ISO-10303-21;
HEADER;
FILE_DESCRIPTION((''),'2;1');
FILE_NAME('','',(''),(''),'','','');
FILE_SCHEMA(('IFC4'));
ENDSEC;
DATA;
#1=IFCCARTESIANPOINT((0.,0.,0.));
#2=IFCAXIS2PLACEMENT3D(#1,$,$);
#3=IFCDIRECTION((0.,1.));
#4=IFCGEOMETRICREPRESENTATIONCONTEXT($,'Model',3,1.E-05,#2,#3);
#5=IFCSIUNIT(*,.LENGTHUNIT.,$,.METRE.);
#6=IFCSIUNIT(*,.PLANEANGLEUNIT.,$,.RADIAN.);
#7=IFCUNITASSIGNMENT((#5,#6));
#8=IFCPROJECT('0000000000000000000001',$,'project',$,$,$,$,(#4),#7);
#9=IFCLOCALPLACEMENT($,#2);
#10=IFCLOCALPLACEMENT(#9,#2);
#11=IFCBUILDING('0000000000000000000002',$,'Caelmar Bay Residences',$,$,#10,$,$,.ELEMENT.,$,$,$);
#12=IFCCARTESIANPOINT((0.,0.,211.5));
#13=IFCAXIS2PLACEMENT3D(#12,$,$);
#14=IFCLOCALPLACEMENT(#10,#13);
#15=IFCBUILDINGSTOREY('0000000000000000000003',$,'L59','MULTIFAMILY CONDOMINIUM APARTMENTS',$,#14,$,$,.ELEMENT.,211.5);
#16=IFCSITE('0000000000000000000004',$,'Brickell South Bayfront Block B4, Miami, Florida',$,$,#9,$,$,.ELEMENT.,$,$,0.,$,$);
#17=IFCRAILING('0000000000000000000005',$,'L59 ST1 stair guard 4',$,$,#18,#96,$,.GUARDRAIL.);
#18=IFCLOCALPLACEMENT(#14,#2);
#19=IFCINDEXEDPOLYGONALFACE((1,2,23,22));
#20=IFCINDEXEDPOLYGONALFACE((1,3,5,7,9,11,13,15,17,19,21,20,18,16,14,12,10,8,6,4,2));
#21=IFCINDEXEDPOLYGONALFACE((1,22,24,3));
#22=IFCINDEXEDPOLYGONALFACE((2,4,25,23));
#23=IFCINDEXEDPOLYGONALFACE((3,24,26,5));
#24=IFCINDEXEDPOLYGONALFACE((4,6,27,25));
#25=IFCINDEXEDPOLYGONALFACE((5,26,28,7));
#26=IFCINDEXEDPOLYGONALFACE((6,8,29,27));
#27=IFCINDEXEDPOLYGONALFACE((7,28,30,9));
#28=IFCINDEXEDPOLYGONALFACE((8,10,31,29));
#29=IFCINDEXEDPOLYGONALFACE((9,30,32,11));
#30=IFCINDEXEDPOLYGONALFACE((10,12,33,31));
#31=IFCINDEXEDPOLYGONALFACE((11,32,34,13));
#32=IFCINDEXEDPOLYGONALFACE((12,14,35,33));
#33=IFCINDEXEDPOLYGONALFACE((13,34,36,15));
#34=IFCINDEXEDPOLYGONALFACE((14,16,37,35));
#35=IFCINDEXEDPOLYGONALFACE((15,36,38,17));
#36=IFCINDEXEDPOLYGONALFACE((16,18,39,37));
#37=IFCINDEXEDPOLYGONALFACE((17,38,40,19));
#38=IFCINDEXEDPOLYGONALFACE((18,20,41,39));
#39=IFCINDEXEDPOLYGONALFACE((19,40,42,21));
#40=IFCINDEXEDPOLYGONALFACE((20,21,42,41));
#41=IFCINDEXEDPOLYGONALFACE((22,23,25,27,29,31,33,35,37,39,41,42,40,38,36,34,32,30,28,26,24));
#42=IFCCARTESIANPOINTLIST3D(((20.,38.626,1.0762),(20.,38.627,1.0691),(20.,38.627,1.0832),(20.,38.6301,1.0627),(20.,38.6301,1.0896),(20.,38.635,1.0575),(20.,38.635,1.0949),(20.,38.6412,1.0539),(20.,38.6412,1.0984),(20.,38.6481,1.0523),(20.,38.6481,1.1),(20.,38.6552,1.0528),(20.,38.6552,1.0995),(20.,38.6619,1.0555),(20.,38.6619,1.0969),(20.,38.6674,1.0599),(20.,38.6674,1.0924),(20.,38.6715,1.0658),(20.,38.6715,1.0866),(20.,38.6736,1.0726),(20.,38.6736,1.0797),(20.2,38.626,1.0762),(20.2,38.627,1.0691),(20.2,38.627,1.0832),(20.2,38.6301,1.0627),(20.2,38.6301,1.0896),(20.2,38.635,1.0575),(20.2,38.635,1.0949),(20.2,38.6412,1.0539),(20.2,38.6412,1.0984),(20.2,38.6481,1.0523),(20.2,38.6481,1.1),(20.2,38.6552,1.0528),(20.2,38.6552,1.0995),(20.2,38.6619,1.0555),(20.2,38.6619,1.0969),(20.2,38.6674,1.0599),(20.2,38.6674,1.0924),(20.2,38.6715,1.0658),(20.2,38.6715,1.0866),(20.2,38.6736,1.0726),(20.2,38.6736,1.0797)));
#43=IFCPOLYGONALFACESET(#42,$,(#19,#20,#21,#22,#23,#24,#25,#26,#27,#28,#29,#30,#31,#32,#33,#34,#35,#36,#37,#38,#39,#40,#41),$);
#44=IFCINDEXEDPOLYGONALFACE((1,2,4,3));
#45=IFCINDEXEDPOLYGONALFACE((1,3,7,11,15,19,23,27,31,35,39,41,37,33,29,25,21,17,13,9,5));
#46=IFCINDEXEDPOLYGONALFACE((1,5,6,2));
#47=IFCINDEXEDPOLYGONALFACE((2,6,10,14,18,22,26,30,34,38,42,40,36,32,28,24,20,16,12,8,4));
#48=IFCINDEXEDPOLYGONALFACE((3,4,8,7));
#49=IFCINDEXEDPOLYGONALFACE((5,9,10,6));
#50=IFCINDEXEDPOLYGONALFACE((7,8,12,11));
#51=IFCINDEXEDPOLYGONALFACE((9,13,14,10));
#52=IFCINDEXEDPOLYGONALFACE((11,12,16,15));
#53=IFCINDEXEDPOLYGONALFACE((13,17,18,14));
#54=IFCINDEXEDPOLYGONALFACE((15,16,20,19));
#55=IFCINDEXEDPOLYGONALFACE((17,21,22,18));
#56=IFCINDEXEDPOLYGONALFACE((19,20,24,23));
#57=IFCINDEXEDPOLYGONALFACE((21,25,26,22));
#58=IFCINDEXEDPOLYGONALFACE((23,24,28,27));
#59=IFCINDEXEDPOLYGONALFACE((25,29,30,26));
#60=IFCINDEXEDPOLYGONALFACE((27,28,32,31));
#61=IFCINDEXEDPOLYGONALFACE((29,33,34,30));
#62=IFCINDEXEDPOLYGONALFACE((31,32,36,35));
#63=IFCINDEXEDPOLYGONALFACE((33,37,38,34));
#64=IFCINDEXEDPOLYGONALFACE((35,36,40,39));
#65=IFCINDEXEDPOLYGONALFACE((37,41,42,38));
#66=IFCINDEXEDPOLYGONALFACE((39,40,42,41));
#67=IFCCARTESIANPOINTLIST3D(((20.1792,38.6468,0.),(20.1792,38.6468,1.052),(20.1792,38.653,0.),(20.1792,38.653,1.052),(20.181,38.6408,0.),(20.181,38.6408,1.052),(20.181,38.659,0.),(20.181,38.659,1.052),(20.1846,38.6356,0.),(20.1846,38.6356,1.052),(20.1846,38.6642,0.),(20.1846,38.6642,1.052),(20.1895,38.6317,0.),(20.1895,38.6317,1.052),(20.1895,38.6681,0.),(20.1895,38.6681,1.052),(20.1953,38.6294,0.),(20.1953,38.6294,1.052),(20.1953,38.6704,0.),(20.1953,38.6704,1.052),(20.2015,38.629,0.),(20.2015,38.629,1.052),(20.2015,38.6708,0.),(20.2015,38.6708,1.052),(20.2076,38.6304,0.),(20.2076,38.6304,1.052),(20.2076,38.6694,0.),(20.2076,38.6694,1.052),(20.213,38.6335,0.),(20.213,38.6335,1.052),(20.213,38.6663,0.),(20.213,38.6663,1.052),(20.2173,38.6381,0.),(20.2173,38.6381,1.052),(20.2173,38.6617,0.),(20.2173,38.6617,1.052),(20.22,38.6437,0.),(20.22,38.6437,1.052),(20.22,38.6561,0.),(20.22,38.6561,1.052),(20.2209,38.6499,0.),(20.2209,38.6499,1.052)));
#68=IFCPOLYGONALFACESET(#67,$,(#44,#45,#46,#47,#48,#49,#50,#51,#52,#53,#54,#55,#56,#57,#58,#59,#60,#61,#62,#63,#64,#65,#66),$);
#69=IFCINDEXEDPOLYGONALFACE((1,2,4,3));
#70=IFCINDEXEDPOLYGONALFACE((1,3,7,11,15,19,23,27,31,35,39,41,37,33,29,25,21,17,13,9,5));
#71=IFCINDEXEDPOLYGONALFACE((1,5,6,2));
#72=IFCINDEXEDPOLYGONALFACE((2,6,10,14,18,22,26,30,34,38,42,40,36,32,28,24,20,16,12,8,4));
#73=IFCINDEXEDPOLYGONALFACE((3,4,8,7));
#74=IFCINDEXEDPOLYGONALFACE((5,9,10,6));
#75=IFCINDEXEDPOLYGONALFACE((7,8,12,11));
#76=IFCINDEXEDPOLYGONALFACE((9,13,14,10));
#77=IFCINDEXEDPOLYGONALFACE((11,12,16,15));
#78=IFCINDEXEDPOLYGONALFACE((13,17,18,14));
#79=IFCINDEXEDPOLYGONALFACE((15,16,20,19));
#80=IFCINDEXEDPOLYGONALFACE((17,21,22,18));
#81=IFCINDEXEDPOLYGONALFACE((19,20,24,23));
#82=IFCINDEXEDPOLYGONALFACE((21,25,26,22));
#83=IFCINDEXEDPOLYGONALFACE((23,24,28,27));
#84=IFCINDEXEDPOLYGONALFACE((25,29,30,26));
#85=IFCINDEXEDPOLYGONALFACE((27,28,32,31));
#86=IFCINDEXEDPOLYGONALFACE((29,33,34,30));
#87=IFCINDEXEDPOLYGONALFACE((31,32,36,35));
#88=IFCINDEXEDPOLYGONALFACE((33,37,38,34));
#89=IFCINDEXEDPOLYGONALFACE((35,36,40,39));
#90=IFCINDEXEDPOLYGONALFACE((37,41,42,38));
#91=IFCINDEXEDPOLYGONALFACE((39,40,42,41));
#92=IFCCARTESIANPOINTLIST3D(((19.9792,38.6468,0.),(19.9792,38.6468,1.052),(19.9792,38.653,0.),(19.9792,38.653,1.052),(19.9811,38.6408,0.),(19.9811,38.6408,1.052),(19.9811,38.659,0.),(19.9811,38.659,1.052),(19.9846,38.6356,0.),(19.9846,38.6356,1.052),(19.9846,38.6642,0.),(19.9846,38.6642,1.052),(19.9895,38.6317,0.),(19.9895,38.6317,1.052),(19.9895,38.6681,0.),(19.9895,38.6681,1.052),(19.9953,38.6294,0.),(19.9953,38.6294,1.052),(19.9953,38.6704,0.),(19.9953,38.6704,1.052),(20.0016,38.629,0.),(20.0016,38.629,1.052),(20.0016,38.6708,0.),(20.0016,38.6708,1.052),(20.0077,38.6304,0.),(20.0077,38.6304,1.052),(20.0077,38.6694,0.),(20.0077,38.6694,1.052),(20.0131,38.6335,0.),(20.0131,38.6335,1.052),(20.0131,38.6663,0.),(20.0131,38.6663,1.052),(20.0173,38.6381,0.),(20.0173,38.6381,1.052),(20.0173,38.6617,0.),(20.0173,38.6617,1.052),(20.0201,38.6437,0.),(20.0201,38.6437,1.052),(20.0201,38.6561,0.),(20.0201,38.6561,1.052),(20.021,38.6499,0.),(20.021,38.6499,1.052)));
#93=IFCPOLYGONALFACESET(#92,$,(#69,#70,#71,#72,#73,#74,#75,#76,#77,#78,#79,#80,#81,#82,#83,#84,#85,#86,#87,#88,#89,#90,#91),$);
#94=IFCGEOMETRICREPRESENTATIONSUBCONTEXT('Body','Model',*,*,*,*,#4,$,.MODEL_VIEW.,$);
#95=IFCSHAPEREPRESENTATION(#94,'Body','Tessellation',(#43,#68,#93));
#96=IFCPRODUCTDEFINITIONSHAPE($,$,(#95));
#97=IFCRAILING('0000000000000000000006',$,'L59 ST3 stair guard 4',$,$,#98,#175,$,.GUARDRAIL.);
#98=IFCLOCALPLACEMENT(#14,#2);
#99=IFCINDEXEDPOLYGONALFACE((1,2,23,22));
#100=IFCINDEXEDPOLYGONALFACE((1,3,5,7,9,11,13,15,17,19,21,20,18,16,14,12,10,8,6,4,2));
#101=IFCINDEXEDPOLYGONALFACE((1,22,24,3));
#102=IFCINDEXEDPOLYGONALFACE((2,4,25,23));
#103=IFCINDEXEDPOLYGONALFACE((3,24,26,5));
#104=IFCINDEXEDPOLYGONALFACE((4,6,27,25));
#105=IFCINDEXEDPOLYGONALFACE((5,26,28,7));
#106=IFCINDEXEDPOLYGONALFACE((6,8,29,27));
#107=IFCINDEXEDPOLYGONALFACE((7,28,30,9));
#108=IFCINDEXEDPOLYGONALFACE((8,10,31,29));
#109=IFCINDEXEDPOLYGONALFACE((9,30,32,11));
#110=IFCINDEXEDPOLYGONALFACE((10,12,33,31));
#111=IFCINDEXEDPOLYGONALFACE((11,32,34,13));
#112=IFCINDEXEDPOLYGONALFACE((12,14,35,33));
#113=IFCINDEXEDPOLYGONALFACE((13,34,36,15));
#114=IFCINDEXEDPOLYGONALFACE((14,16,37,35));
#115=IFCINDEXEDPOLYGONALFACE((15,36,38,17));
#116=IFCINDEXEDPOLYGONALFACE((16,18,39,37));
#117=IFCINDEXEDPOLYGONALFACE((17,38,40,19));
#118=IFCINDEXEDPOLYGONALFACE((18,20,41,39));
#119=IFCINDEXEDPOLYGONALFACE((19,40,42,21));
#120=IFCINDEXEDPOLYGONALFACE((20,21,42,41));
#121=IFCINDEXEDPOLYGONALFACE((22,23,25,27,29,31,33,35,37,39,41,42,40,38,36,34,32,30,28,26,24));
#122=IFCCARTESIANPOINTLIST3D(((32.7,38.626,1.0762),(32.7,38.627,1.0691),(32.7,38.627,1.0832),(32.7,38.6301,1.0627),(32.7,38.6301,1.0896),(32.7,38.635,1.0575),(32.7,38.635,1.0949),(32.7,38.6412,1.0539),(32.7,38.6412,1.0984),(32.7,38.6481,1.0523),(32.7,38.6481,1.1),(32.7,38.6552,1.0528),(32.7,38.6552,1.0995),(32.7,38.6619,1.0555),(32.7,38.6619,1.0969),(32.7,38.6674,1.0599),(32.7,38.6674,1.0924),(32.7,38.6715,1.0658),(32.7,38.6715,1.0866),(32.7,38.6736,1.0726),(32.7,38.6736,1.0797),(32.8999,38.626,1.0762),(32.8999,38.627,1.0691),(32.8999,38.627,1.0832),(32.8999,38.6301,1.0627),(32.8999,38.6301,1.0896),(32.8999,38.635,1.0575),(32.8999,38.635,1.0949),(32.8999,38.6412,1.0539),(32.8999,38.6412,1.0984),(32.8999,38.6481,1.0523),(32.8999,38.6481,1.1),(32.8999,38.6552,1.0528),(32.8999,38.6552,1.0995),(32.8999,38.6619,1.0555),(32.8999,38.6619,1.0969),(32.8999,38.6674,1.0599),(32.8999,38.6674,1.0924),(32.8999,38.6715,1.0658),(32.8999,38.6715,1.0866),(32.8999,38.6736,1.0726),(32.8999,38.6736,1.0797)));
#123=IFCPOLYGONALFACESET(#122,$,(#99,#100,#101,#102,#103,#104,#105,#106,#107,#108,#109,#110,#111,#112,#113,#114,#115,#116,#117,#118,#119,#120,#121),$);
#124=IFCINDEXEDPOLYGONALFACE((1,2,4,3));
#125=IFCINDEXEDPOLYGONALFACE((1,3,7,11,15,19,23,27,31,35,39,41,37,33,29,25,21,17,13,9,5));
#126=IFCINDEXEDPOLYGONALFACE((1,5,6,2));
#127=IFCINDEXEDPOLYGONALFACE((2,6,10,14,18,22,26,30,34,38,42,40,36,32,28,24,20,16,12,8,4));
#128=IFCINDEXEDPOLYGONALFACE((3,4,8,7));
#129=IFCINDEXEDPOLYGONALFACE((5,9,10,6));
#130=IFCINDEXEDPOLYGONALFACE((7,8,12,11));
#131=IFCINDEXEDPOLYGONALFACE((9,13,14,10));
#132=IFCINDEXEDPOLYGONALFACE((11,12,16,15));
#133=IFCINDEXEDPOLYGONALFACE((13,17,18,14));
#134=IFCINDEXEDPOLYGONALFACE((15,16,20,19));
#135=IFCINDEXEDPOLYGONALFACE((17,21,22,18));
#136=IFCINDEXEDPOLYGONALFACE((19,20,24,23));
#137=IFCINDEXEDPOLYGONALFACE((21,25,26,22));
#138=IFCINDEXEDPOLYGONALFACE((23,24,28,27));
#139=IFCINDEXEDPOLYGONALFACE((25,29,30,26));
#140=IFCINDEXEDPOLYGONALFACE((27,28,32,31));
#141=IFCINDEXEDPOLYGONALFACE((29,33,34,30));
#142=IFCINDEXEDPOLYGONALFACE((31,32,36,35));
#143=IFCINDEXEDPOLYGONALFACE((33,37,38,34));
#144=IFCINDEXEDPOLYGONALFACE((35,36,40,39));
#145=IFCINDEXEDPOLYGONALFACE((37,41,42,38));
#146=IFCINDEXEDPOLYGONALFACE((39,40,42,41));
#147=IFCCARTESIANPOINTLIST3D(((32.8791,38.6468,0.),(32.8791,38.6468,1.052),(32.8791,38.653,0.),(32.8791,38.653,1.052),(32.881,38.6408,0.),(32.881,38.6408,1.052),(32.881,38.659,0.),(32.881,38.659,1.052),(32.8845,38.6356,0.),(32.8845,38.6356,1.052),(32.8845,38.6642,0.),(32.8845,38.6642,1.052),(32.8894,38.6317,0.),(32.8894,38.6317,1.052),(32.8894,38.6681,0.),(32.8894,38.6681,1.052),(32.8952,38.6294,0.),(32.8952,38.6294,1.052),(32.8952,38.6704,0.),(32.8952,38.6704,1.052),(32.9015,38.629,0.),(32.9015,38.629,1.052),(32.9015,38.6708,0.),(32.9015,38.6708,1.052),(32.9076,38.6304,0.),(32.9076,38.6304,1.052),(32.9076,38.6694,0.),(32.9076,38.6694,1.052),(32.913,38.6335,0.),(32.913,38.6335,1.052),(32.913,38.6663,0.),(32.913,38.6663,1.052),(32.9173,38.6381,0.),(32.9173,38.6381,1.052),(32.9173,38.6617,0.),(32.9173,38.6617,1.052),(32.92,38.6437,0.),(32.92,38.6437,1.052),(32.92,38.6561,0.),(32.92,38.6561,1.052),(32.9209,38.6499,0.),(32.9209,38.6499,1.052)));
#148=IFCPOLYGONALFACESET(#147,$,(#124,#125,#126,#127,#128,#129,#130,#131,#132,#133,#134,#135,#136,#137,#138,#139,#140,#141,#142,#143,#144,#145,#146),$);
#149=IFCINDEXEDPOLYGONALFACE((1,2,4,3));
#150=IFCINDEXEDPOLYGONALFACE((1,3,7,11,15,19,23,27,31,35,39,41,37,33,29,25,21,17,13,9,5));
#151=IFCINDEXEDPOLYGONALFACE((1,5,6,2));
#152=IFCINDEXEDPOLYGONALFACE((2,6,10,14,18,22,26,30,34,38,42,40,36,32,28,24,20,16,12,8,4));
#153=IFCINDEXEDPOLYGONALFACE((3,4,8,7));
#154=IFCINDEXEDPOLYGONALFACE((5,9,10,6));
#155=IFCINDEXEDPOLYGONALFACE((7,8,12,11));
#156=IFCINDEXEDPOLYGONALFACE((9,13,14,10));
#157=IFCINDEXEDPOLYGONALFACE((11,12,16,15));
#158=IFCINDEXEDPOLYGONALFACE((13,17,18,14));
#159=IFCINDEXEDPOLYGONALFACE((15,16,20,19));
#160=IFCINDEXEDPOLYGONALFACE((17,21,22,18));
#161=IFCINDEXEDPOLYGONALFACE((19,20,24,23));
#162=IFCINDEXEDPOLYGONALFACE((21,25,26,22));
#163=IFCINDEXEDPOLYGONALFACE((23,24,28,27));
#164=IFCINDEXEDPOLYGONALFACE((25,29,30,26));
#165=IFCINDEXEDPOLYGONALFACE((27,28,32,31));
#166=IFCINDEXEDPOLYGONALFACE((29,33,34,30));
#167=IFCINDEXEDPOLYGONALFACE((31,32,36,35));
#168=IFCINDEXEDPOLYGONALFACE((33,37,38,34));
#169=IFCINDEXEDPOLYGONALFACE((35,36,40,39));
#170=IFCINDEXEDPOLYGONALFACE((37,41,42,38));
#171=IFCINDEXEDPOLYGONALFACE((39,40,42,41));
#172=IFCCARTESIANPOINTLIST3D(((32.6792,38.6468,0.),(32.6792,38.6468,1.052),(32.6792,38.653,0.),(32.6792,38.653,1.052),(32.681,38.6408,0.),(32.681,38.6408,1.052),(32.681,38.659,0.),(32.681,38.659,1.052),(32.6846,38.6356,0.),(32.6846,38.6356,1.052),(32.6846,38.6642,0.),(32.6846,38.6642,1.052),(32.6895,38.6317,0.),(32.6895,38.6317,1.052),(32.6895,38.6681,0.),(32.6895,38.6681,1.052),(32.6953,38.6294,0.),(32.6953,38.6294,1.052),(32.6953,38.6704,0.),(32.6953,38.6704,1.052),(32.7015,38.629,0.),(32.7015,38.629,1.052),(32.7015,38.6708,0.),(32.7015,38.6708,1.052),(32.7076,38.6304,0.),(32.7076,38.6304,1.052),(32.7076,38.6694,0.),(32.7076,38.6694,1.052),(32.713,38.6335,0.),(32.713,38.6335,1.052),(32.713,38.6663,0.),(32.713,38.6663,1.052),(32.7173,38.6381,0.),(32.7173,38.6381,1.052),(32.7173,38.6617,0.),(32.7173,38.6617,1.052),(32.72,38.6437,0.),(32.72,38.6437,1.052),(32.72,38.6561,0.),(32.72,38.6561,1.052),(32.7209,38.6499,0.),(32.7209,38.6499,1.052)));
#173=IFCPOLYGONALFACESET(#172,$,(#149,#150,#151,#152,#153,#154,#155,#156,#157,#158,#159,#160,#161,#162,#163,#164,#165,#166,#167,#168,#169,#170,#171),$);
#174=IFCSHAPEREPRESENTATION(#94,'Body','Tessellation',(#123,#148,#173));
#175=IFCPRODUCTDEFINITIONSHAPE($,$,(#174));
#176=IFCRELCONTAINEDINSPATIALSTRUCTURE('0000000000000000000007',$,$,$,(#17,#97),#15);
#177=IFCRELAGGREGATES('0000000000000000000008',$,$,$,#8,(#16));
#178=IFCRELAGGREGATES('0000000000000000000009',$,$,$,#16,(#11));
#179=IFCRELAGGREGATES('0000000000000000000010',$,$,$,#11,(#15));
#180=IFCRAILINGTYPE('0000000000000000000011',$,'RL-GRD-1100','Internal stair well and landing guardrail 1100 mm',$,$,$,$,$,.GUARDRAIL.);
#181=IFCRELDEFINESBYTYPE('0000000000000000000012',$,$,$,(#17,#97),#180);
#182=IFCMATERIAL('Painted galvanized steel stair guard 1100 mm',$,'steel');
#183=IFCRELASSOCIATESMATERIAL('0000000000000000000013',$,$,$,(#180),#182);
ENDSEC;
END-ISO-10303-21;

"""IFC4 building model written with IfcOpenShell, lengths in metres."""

from ifc_helpers import new_model, si_unit, direction, frame, origin, origin_2d, place, context, subcontext, project, spatial, circle, extrude, material, type_object, element, save


model = new_model("IFC4")

# Units and contexts
model_context = context("Model", 3, precision=1e-05, world=origin(), true_north=direction((0.0, 1.0)))
body_context = subcontext(model_context, "Body", "Model", "MODEL_VIEW")
ifc_project = project(units=[si_unit("LENGTHUNIT", "METRE"), si_unit("PLANEANGLEUNIT", "RADIAN")], contexts=[model_context])

# Site, building, storey
site_placement = place(None, origin())
site = spatial("IfcSite", under=ifc_project, at=site_placement, Name="Brickell South Bayfront Block B4, Miami, Florida", CompositionType="ELEMENT", RefElevation=0.0)
building_placement = place(site_placement, origin())
building = spatial("IfcBuilding", under=site, at=building_placement, Name="Caelmar Bay Residences", CompositionType="ELEMENT")
storey_placement = place(building_placement, frame((0.0, 0.0, 211.5)))
storey = spatial("IfcBuildingStorey", under=building, at=storey_placement, Name="L59", Description="MULTIFAMILY CONDOMINIUM APARTMENTS", CompositionType="ELEMENT", Elevation=211.5)

# Railings
ifc_material_1 = material(Name="Painted galvanized steel stair guard 1100 mm", Category="steel")
railing_type = type_object("IfcRailingType", Name="RL-GRD-1100", Description="Internal stair well and landing guardrail 1100 mm", PredefinedType="GUARDRAIL", material=ifc_material_1)
for number, where, name in (
    (1, (20.2, 38.6499, 0.0), "L59 ST1 stair guard 4"),
    (2, (32.8999, 38.6499, 0.0), "L59 ST3 stair guard 4"),
):
    element("IfcRailing", number, at=place(storey_placement, frame(where)), inside=storey, type_object=railing_type, Name=name, PredefinedType="GUARDRAIL", context=body_context, shape_type="SweptSolid", body=[
        extrude(circle(Radius=0.0239, at=origin_2d()), frame((0.0, 0.0, 1.0762), z_axis=(-1.0, 0.0, 0.0), x_axis=(0.0, -1.0, 0.0)), (0.0, 0.0, 1.0), 0.2),
        extrude(circle(Radius=0.021, at=origin_2d()), origin(), (0.0, 0.0, 1.0), 1.052),
        extrude(circle(Radius=0.021, at=origin_2d()), frame((-0.2, 0.0, 0.0)), (0.0, 0.0, 1.0), 1.052),
    ])

save(model, "model.ifc")
